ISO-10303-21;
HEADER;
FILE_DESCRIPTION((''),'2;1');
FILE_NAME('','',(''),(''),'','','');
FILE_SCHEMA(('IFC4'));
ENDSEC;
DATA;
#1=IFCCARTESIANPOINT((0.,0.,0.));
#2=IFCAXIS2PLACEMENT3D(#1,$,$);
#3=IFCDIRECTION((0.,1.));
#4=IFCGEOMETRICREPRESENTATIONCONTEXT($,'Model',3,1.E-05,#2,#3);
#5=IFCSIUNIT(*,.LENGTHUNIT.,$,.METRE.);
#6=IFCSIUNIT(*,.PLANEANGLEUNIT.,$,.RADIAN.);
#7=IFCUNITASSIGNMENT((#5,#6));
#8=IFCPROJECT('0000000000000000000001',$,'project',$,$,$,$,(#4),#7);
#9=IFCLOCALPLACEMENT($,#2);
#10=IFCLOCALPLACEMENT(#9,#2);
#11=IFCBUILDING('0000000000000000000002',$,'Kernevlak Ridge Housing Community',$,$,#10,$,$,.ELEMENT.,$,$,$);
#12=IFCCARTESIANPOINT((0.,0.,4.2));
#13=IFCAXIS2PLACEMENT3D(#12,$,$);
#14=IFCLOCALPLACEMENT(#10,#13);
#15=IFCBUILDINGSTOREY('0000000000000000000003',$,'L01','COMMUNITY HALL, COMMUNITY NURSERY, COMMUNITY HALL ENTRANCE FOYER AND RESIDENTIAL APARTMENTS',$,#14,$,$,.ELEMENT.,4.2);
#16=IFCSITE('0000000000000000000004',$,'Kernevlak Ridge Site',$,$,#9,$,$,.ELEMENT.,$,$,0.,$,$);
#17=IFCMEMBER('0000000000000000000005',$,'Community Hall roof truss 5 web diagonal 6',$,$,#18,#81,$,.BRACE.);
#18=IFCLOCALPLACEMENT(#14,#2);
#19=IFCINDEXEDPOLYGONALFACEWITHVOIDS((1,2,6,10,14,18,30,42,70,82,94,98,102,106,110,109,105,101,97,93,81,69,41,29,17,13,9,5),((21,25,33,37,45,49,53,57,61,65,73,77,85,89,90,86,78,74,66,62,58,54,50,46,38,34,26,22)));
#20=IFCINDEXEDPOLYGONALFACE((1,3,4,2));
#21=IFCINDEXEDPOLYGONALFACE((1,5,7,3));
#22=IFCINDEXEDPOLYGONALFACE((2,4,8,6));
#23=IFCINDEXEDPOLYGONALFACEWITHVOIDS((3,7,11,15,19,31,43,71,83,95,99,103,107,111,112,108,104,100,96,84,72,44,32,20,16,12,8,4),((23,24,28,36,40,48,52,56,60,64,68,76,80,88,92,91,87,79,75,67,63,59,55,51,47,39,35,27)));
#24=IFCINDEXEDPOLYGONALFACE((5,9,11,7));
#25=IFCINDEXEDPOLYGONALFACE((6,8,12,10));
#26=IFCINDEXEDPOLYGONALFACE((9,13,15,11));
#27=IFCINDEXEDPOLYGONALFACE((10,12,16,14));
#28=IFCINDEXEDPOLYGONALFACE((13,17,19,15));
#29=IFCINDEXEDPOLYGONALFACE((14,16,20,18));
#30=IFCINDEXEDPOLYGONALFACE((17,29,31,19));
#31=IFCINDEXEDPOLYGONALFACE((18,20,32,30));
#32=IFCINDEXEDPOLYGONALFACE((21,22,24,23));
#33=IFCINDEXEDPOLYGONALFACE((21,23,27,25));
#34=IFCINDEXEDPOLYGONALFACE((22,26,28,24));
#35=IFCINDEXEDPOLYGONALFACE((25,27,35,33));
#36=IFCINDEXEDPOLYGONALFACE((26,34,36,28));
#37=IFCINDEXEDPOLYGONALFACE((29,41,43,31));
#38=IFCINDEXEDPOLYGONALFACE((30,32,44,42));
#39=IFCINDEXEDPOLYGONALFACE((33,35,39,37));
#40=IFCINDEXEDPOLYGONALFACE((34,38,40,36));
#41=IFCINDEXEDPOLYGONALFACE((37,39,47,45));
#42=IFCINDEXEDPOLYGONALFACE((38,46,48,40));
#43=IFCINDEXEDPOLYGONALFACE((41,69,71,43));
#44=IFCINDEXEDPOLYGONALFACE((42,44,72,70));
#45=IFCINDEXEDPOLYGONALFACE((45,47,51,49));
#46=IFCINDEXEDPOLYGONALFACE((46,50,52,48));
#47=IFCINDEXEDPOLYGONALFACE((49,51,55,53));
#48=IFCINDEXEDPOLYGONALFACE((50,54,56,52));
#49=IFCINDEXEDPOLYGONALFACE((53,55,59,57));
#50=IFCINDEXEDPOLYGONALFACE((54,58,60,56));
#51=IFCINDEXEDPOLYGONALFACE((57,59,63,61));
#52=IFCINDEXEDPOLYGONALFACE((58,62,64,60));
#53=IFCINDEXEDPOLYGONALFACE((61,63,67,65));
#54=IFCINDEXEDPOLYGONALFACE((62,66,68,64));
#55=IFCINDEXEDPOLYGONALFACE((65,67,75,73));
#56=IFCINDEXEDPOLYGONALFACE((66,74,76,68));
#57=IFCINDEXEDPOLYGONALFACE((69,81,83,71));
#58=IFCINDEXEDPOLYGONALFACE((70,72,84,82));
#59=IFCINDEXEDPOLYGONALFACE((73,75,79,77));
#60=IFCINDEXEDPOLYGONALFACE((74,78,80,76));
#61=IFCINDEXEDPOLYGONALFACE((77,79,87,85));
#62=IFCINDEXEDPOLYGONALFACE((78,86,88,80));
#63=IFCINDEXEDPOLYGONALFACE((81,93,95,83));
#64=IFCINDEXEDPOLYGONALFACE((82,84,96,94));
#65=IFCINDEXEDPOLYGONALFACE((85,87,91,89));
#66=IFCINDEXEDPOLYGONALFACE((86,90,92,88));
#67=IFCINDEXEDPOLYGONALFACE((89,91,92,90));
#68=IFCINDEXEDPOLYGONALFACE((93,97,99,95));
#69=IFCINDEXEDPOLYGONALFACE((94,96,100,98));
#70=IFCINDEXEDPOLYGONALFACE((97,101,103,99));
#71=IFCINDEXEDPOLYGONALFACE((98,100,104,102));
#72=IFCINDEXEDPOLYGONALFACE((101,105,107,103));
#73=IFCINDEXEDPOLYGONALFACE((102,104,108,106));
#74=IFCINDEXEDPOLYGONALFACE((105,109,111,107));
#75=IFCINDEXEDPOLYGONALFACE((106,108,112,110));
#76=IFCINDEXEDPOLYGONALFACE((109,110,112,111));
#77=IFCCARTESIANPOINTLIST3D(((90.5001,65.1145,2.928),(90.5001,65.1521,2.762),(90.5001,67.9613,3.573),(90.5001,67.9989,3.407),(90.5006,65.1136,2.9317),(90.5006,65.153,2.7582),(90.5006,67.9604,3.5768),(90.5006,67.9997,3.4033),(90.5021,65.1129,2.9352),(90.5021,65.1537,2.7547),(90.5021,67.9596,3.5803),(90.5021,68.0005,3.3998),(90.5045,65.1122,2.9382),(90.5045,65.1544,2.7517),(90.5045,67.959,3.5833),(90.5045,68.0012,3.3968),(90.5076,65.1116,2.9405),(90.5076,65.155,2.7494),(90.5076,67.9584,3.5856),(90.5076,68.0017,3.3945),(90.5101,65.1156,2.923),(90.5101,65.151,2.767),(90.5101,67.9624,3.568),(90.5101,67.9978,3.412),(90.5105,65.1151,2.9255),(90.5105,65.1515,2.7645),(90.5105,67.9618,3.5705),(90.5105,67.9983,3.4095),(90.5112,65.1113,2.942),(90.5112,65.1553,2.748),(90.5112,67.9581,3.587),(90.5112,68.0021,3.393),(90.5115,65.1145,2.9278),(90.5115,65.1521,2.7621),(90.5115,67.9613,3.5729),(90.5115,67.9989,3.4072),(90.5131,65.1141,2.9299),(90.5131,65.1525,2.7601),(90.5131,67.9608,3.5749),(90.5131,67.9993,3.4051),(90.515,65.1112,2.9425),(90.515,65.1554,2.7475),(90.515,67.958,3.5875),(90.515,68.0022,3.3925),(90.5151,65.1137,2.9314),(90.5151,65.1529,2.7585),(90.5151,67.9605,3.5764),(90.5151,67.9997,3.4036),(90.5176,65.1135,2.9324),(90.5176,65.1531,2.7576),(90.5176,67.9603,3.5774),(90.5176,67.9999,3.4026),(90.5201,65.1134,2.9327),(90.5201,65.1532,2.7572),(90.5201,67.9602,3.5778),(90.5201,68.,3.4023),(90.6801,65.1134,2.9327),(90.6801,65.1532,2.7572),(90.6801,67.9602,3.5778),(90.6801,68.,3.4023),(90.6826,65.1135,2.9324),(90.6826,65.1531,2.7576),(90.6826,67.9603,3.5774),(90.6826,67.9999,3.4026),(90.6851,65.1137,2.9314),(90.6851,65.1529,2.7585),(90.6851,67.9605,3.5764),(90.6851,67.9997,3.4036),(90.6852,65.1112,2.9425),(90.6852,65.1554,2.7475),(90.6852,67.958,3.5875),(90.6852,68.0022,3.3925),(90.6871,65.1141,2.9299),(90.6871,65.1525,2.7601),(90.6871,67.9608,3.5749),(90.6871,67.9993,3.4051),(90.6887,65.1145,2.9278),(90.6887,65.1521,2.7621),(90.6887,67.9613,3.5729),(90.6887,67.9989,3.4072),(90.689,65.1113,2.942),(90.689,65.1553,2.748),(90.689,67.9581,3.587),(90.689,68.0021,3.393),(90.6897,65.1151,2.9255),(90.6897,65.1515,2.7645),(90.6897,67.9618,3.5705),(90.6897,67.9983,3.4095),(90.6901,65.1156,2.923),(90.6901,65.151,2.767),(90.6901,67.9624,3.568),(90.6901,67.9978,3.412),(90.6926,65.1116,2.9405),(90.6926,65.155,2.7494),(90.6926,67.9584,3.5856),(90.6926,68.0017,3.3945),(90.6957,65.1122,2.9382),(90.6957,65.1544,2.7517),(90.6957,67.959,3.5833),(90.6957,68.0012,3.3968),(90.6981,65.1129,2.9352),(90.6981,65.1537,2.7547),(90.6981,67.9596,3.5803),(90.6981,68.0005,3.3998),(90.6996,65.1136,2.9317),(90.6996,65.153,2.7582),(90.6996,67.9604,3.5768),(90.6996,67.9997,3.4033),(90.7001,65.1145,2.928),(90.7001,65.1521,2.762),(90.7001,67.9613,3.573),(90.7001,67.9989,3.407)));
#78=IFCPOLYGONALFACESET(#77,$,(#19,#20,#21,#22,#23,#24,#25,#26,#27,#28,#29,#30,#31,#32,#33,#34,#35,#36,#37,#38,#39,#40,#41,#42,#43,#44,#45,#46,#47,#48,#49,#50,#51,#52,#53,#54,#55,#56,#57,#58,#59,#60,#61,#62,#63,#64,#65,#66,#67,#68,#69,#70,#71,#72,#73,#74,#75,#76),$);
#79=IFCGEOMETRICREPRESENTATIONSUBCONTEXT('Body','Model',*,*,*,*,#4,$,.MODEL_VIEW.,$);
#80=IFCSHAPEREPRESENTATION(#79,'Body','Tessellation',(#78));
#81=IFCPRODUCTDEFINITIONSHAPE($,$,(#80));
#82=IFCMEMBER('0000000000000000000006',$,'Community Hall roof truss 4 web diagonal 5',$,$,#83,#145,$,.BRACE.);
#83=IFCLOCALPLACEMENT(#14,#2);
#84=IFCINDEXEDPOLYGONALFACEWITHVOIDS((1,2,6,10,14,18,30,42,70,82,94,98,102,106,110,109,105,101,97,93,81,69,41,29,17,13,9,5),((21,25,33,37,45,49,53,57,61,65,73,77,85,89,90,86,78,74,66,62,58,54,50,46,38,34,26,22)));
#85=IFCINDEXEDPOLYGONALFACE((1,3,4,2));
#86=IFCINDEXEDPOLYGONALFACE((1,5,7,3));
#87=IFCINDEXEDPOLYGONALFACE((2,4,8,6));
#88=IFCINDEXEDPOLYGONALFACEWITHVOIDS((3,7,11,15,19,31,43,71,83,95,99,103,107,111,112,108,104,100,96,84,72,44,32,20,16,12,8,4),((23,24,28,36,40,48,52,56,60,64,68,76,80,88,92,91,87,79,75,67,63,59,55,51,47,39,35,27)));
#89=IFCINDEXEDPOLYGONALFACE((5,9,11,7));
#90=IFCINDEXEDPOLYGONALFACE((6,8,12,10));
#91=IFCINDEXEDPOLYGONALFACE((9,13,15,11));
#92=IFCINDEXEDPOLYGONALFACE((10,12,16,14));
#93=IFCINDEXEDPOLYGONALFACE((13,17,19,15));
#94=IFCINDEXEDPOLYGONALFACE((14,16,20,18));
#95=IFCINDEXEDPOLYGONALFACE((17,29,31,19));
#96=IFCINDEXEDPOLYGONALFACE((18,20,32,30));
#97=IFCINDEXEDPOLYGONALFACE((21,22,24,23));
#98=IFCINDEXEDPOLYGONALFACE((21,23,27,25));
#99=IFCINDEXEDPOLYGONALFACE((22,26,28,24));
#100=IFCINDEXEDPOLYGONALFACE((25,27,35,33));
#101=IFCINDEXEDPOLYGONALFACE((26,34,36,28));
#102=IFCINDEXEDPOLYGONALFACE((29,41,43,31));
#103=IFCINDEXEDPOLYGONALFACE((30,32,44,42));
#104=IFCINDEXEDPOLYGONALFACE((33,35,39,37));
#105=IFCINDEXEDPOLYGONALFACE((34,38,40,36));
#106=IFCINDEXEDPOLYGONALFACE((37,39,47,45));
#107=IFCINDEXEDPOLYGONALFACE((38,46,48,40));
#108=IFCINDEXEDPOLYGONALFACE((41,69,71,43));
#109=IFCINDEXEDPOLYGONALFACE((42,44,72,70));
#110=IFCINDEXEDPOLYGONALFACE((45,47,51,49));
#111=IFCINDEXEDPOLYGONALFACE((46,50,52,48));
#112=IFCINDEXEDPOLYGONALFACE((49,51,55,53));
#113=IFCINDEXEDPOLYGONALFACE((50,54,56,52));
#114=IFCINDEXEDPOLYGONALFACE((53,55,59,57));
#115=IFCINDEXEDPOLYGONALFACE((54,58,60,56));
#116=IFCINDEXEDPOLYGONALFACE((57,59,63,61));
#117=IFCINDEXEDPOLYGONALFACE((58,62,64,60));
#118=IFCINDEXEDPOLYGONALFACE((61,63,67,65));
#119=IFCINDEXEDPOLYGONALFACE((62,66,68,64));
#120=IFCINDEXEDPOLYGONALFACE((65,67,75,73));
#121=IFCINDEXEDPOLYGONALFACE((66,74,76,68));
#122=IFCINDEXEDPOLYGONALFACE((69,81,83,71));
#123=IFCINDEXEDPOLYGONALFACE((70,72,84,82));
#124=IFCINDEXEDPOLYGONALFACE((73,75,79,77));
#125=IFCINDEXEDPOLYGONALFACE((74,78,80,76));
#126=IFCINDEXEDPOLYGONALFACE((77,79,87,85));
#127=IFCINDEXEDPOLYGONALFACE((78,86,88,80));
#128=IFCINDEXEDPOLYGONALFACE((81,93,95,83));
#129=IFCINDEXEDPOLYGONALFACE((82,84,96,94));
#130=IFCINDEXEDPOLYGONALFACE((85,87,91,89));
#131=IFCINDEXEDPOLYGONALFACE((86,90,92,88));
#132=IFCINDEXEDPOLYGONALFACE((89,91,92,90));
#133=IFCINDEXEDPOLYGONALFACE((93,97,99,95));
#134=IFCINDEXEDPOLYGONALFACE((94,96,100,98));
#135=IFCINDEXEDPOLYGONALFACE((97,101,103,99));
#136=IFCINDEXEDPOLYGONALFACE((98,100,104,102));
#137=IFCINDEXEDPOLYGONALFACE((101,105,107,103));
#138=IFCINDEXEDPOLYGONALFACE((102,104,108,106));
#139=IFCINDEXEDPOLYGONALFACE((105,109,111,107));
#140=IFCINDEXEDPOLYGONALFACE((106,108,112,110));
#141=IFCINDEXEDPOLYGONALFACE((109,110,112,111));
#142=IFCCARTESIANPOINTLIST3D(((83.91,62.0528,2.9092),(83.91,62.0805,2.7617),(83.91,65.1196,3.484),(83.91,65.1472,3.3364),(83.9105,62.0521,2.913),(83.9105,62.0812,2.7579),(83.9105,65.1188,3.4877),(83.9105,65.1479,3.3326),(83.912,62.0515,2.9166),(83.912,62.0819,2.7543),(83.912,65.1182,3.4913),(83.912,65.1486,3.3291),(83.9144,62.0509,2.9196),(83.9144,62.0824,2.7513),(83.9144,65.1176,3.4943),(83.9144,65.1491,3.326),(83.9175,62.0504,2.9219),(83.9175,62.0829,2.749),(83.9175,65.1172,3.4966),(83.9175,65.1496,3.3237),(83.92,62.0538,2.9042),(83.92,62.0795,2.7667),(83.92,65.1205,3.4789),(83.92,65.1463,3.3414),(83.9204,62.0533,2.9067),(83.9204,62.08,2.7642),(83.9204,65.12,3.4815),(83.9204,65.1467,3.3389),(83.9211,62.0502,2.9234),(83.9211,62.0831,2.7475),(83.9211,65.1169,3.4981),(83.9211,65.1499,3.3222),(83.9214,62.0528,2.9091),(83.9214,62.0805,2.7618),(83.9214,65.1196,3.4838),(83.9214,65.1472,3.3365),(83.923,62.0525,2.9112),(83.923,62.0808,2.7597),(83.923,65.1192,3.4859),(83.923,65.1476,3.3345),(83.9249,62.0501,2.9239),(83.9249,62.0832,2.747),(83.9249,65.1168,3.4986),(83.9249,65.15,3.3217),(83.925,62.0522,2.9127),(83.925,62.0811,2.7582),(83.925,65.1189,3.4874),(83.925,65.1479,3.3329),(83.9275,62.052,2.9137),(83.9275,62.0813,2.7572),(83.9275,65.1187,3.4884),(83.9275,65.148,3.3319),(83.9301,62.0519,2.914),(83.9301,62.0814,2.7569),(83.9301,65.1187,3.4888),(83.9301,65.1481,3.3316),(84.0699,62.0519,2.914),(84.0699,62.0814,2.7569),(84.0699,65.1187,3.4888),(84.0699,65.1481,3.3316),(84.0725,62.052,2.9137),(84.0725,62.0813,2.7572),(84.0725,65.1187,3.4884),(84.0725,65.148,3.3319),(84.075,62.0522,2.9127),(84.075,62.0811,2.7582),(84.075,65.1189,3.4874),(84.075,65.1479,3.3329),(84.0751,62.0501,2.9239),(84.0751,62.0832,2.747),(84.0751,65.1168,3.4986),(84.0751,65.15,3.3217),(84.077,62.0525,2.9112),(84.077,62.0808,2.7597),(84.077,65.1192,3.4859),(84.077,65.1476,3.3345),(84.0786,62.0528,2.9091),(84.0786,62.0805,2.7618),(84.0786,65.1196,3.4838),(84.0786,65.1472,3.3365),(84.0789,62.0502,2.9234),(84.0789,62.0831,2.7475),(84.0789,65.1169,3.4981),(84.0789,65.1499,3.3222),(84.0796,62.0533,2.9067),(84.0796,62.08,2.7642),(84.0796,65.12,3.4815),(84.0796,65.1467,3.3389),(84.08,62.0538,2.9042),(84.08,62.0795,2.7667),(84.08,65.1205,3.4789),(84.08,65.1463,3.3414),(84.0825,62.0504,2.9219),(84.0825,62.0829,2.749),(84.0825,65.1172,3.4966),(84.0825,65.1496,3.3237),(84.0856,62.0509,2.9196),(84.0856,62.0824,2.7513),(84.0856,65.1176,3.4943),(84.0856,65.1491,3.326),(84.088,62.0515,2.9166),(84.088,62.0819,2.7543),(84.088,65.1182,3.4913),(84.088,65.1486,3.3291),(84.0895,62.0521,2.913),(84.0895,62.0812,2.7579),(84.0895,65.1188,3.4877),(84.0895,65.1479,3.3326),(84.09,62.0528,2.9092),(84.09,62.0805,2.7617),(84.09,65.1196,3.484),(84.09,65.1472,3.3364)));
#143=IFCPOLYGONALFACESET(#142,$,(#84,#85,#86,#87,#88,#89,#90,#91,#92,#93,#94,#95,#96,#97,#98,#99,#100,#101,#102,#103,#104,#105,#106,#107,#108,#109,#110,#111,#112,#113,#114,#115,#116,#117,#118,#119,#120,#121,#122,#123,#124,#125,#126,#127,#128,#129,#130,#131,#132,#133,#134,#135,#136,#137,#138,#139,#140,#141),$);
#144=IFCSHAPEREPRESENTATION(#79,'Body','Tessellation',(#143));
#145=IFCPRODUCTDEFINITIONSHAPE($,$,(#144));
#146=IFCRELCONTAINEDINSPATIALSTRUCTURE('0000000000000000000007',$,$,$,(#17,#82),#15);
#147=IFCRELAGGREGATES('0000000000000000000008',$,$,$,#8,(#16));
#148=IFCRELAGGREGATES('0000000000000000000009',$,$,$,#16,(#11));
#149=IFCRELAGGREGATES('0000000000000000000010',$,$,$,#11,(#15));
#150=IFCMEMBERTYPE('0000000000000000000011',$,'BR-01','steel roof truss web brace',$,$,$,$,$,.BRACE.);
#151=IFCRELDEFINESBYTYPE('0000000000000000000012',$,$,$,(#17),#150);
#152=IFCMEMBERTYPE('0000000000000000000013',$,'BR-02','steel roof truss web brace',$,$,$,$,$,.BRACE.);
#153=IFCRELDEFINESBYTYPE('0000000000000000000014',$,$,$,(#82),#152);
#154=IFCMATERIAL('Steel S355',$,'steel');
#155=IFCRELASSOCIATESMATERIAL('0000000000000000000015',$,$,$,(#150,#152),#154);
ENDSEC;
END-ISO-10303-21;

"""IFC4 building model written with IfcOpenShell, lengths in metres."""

from ifc_helpers import new_model, si_unit, direction, frame, origin, origin_2d, place, context, subcontext, project, spatial, hollow_rectangle, extrude, material, material_profile, profile_set, type_object, element, save


model = new_model("IFC4")

# Units and contexts
model_context = context("Model", 3, precision=1e-05, world=origin(), true_north=direction((0.0, 1.0)))
body_context = subcontext(model_context, "Body", "Model", "MODEL_VIEW")
ifc_project = project(units=[si_unit("LENGTHUNIT", "METRE"), si_unit("PLANEANGLEUNIT", "RADIAN")], contexts=[model_context])

# Site, building, storey
site_placement = place(None, origin())
site = spatial("IfcSite", under=ifc_project, at=site_placement, Name="Kernevlak Ridge Site", CompositionType="ELEMENT", RefElevation=0.0)
building_placement = place(site_placement, origin())
building = spatial("IfcBuilding", under=site, at=building_placement, Name="Kernevlak Ridge Housing Community", CompositionType="ELEMENT")
storey_placement = place(building_placement, frame((0.0, 0.0, 4.2)))
storey = spatial("IfcBuildingStorey", under=building, at=storey_placement, Name="L01", Description="COMMUNITY HALL, COMMUNITY NURSERY, COMMUNITY HALL ENTRANCE FOYER AND RESIDENTIAL APARTMENTS", CompositionType="ELEMENT", Elevation=4.2)

# Shared definitions
ifc_material_1 = material(Name="Steel S355", Category="steel")

# Members
ifc_material_profile_1 = material_profile(ifc_material_1, hollow_rectangle(XDim=0.2, YDim=0.2, WallThickness=0.01, InnerFilletRadius=0.01, OuterFilletRadius=0.0149, at=origin_2d()), Name="SHS 200x200x10")
ifc_profile_set_1 = profile_set([ifc_material_profile_1], Name="Steel S355")
member_type_1 = type_object("IfcMemberType", Name="BR-01", Description="steel roof truss web brace", PredefinedType="BRACE", material=ifc_profile_set_1)
member_1_placement = place(storey_placement, frame((90.6001, 65.1333, 2.845), z_axis=(0.0, 0.975277, 0.220985), x_axis=(-1.0, 0.0, 0.0)))
element("IfcMember", 1, at=member_1_placement, inside=storey, type_object=member_type_1, Name="Community Hall roof truss 5 web diagonal 6", PredefinedType="BRACE", context=body_context, shape_type="SweptSolid", body=[
    extrude(hollow_rectangle(XDim=0.2, YDim=0.2, WallThickness=0.01, InnerFilletRadius=0.01, OuterFilletRadius=0.0149, at=origin_2d()), origin(), (0.0, 0.0, 1.0), 2.9189),
])
ifc_material_profile_2 = material_profile(ifc_material_1, hollow_rectangle(XDim=0.1799, YDim=0.1799, WallThickness=0.01, InnerFilletRadius=0.01, OuterFilletRadius=0.0149, at=origin_2d()), Name="SHS 180x180x10")
ifc_profile_set_2 = profile_set([ifc_material_profile_2], Name="Steel S355")
member_type_2 = type_object("IfcMemberType", Name="BR-02", Description="steel roof truss web brace", PredefinedType="BRACE", material=ifc_profile_set_2)
member_2_placement = place(storey_placement, frame((84.0, 62.0667, 2.8354), z_axis=(0.0, 0.982889, 0.184199), x_axis=(-1.0, 0.0, 0.0)))
element("IfcMember", 2, at=member_2_placement, inside=storey, type_object=member_type_2, Name="Community Hall roof truss 4 web diagonal 5", PredefinedType="BRACE", context=body_context, shape_type="SweptSolid", body=[
    extrude(hollow_rectangle(XDim=0.1799, YDim=0.1799, WallThickness=0.01, InnerFilletRadius=0.01, OuterFilletRadius=0.0149, at=origin_2d()), origin(), (0.0, 0.0, 1.0), 3.1201),
])

save(model, "model.ifc")
